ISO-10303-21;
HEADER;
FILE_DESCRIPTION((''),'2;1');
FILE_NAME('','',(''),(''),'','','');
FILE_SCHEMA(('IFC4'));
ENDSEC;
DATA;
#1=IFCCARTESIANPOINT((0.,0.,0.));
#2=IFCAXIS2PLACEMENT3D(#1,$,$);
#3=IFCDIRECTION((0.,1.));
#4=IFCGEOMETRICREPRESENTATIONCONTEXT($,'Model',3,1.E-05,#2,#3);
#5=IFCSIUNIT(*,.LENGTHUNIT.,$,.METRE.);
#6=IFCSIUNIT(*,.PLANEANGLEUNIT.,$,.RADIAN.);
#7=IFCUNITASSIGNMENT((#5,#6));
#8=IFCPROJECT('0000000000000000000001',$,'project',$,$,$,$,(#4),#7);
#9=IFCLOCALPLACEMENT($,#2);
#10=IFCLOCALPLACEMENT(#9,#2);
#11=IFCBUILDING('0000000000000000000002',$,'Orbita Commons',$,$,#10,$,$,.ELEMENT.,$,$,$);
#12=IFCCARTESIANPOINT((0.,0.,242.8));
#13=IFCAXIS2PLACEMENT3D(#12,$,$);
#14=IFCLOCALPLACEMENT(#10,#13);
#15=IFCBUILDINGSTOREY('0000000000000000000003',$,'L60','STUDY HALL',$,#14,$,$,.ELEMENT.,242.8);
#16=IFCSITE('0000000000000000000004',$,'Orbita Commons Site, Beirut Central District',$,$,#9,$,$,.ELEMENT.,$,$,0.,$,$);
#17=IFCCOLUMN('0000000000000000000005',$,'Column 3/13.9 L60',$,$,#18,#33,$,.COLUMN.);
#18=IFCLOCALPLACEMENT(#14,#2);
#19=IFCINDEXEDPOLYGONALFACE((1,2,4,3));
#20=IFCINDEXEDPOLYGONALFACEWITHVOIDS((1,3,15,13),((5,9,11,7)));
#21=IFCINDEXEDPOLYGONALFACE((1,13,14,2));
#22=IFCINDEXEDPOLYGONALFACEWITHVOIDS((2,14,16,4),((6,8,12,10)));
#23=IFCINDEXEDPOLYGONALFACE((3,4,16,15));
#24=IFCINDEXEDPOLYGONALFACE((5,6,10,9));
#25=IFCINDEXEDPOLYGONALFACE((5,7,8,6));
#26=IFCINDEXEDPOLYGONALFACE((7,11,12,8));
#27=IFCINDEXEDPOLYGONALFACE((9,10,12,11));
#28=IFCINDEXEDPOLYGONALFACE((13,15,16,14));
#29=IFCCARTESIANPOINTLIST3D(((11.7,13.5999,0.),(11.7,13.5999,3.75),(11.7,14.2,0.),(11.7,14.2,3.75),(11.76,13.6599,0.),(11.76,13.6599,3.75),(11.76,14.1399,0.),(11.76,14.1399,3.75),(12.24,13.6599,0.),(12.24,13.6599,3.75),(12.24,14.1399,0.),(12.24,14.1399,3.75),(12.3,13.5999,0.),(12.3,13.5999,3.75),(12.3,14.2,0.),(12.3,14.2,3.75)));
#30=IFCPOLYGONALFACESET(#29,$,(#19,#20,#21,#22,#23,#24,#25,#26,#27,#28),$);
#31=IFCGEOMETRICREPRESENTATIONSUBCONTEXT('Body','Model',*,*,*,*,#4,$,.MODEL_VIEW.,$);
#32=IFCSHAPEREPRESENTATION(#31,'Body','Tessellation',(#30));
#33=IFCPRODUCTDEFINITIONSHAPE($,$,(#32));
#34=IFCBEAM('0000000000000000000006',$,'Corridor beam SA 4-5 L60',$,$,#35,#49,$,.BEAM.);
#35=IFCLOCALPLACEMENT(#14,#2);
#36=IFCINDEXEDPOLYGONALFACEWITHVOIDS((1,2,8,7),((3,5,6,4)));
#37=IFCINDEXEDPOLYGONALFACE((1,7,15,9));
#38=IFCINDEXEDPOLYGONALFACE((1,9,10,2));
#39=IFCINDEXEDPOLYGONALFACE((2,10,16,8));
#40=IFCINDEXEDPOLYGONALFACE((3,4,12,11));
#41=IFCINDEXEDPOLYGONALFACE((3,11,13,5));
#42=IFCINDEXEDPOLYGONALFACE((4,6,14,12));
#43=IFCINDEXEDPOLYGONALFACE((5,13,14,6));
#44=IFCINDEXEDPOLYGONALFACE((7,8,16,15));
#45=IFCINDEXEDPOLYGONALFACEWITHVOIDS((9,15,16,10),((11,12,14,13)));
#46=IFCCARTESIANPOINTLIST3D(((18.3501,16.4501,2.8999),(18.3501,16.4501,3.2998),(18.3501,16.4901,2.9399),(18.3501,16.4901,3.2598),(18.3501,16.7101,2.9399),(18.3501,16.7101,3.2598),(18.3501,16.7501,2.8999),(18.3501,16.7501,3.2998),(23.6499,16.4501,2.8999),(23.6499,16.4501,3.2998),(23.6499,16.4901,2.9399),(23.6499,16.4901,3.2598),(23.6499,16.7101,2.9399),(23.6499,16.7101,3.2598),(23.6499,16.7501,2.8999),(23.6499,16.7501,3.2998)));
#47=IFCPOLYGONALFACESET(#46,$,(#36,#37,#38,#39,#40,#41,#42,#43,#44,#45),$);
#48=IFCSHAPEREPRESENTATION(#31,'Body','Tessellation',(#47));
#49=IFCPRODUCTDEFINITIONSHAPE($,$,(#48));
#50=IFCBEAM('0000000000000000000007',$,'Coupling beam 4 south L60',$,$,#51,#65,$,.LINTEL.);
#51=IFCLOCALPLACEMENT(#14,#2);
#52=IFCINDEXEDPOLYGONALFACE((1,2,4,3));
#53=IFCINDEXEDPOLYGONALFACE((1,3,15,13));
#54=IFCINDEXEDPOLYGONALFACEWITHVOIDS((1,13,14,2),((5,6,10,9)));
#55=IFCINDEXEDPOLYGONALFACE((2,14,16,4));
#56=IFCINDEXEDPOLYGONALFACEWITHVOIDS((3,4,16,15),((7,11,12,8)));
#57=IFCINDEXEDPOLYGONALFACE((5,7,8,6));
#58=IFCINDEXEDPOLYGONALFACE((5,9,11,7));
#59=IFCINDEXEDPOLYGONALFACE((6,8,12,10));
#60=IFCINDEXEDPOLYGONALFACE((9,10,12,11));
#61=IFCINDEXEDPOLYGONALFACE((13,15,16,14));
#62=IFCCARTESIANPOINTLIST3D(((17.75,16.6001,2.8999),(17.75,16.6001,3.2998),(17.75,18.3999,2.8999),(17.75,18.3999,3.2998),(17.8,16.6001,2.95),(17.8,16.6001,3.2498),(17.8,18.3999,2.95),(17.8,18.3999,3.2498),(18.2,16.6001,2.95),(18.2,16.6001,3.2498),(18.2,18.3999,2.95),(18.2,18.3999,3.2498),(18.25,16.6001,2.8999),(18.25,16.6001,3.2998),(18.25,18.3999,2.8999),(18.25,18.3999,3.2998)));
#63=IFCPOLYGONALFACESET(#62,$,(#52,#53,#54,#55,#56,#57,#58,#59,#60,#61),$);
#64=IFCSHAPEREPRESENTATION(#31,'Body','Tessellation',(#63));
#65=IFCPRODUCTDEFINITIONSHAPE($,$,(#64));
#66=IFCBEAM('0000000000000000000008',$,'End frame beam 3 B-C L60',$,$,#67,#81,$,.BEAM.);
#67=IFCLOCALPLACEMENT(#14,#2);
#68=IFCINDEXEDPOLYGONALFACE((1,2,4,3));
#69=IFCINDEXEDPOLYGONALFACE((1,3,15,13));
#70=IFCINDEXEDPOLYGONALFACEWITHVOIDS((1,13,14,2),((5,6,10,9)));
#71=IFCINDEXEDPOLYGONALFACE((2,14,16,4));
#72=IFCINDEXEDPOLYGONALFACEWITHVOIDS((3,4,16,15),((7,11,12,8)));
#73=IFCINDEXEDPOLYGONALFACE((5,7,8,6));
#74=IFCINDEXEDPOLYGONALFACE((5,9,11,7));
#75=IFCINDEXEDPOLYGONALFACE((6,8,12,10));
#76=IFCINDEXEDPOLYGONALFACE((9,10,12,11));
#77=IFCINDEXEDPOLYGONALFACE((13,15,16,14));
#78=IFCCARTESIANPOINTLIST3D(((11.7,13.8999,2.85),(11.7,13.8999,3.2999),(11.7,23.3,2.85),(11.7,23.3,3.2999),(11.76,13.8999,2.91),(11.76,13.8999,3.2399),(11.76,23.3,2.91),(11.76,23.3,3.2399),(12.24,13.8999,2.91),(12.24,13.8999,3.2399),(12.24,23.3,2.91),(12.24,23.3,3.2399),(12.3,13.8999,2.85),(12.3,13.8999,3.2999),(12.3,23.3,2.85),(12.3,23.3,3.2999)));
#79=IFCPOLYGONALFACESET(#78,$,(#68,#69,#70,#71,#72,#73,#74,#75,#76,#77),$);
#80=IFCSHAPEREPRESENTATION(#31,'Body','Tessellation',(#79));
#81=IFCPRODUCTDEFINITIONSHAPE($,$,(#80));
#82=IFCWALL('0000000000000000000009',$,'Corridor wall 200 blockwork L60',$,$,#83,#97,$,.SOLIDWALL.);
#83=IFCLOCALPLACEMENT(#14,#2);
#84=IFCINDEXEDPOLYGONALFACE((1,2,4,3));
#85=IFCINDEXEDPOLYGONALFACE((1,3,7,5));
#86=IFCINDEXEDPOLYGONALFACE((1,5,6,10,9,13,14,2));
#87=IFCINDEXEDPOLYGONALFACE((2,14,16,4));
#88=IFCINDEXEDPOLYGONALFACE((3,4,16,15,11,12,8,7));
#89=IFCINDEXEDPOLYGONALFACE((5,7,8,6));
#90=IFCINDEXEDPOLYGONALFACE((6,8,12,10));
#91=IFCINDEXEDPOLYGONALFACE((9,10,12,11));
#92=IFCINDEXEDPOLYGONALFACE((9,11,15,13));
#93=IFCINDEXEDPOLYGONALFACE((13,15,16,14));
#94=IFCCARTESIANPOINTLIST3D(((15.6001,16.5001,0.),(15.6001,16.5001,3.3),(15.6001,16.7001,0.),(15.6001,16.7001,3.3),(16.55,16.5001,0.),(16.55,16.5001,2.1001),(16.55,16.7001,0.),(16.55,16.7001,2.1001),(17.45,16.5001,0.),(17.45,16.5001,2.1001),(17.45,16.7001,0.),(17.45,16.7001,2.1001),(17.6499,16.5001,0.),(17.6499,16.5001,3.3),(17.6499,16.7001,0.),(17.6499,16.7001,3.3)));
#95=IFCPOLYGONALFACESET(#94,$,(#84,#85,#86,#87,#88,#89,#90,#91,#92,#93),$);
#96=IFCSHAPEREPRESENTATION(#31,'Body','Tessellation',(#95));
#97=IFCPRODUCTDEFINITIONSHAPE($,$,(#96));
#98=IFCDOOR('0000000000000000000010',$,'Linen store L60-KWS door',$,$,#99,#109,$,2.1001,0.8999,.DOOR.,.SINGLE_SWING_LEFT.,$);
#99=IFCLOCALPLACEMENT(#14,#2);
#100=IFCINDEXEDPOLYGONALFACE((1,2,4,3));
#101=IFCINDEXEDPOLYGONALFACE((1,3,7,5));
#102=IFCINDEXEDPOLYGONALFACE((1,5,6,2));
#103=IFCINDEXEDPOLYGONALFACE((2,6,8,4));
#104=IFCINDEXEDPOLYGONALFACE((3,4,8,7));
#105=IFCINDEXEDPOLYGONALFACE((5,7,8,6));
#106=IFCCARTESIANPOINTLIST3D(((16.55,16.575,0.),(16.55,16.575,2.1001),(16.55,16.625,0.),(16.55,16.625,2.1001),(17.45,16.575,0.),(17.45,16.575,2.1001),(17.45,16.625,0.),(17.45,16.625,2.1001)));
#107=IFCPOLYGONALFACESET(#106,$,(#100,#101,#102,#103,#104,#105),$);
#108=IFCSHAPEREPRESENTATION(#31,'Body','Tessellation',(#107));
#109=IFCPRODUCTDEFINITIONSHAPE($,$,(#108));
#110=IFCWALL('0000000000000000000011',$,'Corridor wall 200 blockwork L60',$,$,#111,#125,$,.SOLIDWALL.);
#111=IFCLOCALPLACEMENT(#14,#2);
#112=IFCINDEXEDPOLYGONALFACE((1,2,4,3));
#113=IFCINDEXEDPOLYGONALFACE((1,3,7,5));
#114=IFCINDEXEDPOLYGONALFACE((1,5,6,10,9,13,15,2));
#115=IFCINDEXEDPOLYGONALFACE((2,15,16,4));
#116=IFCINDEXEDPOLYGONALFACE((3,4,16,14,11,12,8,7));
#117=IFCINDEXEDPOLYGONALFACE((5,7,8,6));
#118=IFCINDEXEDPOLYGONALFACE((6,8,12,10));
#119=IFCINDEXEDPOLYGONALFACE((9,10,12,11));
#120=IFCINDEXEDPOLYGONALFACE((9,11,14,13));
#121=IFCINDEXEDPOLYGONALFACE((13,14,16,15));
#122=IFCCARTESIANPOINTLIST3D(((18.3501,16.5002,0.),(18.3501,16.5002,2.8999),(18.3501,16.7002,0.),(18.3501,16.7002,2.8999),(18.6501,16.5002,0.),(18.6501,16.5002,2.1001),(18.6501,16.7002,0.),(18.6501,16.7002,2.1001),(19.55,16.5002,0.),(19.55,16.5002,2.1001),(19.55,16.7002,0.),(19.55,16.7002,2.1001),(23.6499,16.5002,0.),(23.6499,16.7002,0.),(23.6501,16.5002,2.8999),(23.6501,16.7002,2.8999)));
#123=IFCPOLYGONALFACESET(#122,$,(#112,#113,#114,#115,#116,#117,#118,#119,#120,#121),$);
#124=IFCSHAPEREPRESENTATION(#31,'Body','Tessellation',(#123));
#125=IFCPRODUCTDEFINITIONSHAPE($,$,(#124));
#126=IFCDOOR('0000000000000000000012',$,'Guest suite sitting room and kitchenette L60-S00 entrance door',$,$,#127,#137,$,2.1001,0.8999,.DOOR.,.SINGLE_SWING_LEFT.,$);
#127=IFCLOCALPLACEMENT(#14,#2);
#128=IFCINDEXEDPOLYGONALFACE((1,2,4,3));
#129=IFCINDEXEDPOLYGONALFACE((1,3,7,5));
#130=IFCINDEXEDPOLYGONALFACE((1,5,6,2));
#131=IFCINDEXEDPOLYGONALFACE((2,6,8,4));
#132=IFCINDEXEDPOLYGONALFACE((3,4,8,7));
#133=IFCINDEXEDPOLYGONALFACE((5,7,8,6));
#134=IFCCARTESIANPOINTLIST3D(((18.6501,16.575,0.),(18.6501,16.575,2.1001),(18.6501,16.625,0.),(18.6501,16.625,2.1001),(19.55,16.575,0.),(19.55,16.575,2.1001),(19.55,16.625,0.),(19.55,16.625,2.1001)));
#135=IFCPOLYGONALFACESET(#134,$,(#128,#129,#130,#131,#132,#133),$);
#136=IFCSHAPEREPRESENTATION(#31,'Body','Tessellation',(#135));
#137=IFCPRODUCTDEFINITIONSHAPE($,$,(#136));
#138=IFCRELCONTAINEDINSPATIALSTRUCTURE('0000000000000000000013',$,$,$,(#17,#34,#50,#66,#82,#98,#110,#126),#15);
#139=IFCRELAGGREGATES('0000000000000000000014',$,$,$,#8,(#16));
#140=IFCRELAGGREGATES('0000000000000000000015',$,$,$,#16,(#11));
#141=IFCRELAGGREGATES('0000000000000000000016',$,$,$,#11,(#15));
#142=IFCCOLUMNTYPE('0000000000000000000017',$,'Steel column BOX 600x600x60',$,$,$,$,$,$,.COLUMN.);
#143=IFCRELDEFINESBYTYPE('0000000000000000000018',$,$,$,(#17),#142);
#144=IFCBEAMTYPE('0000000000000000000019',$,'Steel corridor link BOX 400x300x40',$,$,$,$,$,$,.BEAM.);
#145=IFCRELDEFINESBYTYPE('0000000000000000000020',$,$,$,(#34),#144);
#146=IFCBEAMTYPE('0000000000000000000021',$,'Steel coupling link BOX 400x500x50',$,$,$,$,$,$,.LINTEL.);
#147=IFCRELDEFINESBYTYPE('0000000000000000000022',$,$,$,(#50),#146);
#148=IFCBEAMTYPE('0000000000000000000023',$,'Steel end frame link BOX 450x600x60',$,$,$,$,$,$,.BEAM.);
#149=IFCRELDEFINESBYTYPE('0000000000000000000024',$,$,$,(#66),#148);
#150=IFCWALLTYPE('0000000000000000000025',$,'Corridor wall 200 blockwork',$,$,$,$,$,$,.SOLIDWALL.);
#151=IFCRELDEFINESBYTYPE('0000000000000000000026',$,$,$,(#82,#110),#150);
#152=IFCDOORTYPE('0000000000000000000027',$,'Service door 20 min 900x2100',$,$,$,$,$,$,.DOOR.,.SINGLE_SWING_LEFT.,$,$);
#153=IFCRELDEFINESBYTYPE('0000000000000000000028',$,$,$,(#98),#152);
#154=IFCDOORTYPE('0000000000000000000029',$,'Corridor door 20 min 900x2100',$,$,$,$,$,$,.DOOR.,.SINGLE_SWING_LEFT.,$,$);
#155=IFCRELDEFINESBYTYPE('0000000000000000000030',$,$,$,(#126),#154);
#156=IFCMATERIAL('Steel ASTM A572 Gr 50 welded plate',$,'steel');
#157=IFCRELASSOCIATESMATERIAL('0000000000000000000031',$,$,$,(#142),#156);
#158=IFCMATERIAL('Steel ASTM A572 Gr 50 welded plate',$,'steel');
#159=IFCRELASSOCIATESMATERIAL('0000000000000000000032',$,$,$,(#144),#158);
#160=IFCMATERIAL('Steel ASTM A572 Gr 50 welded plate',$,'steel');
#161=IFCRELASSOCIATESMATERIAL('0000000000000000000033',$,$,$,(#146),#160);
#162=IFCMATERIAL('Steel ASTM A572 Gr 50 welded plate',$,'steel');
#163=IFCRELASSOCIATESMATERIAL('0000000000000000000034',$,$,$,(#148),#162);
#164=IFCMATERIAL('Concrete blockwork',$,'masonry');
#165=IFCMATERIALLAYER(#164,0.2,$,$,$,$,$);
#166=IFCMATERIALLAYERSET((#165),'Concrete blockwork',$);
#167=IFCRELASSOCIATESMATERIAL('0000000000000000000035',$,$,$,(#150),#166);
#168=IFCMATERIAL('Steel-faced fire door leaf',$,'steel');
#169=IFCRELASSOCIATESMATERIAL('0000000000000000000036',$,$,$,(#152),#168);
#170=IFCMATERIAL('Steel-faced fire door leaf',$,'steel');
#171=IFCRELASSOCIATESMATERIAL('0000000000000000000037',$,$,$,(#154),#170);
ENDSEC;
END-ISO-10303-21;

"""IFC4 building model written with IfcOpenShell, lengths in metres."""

from ifc_helpers import new_model, si_unit, direction, frame, frame_2d, origin, origin_2d, place, context, subcontext, project, spatial, polyline, rectangle, hollow_rectangle, outline, extrude, material, layer, layer_set, material_profile, profile_set, type_object, element, fill, save


model = new_model("IFC4")

# Units and contexts
model_context = context("Model", 3, precision=1e-05, world=origin(), true_north=direction((0.0, 1.0)))
body_context = subcontext(model_context, "Body", "Model", "MODEL_VIEW")
ifc_project = project(units=[si_unit("LENGTHUNIT", "METRE"), si_unit("PLANEANGLEUNIT", "RADIAN")], contexts=[model_context])

# Site, building, storey
site_placement = place(None, origin())
site = spatial("IfcSite", under=ifc_project, at=site_placement, Name="Orbita Commons Site, Beirut Central District", CompositionType="ELEMENT", RefElevation=0.0)
building_placement = place(site_placement, origin())
building = spatial("IfcBuilding", under=site, at=building_placement, Name="Orbita Commons", CompositionType="ELEMENT")
storey_placement = place(building_placement, frame((0.0, 0.0, 242.8)))
storey = spatial("IfcBuildingStorey", under=building, at=storey_placement, Name="L60", Description="STUDY HALL", CompositionType="ELEMENT", Elevation=242.8)

# Column
ifc_material_1 = material(Name="Steel ASTM A572 Gr 50 welded plate", Category="steel")
ifc_material_profile_1 = material_profile(ifc_material_1, hollow_rectangle(XDim=0.6001, YDim=0.6001, WallThickness=0.0601, at=origin_2d()), Name="BOX 600x600x60")
ifc_profile_set_1 = profile_set([ifc_material_profile_1], Name="Steel ASTM A572 Gr 50 welded plate")
column_type = type_object("IfcColumnType", Name="Steel column BOX 600x600x60", PredefinedType="COLUMN", material=ifc_profile_set_1)
column_placement = place(storey_placement, frame((12.0, 13.8999, 0.0), z_axis=(0.0, 0.0, 1.0), x_axis=(1.0, 0.0, 0.0)))
element("IfcColumn", 1, at=column_placement, inside=storey, type_object=column_type, Name="Column 3/13.9 L60", PredefinedType="COLUMN", context=body_context, shape_type="SweptSolid", body=[
    extrude(hollow_rectangle(XDim=0.6001, YDim=0.6001, WallThickness=0.0601, at=origin_2d()), origin(), (0.0, 0.0, 1.0), 3.75),
])

# Beams
ifc_material_2 = material(Name="Steel ASTM A572 Gr 50 welded plate", Category="steel")
ifc_material_profile_2 = material_profile(ifc_material_2, hollow_rectangle(XDim=0.3, YDim=0.3999, WallThickness=0.04, at=origin_2d()), Name="BOX 400x300x40")
ifc_profile_set_2 = profile_set([ifc_material_profile_2], Name="Steel ASTM A572 Gr 50 welded plate")
beam_type_1 = type_object("IfcBeamType", Name="Steel corridor link BOX 400x300x40", PredefinedType="BEAM", material=ifc_profile_set_2)
beam_1_placement = place(storey_placement, frame((18.3501, 16.6001, 3.0999), z_axis=(1.0, 0.0, 0.0), x_axis=(0.0, 1.0, 0.0)))
element("IfcBeam", 2, at=beam_1_placement, inside=storey, type_object=beam_type_1, Name="Corridor beam SA 4-5 L60", PredefinedType="BEAM", context=body_context, shape_type="SweptSolid", body=[
    extrude(hollow_rectangle(XDim=0.3, YDim=0.3999, WallThickness=0.04, at=origin_2d()), origin(), (0.0, 0.0, 1.0), 5.2998),
])
ifc_material_3 = material(Name="Steel ASTM A572 Gr 50 welded plate", Category="steel")
ifc_material_profile_3 = material_profile(ifc_material_3, hollow_rectangle(XDim=0.5, YDim=0.3999, WallThickness=0.05, at=origin_2d()), Name="BOX 400x500x50")
ifc_profile_set_3 = profile_set([ifc_material_profile_3], Name="Steel ASTM A572 Gr 50 welded plate")
beam_type_2 = type_object("IfcBeamType", Name="Steel coupling link BOX 400x500x50", PredefinedType="LINTEL", material=ifc_profile_set_3)
beam_2_placement = place(storey_placement, frame((18.0, 16.6001, 3.0999), z_axis=(0.0, 1.0, 0.0), x_axis=(-1.0, 0.0, 0.0)))
element("IfcBeam", 3, at=beam_2_placement, inside=storey, type_object=beam_type_2, Name="Coupling beam 4 south L60", PredefinedType="LINTEL", context=body_context, shape_type="SweptSolid", body=[
    extrude(hollow_rectangle(XDim=0.5, YDim=0.3999, WallThickness=0.05, at=origin_2d()), origin(), (0.0, 0.0, 1.0), 1.7998),
])
ifc_material_4 = material(Name="Steel ASTM A572 Gr 50 welded plate", Category="steel")
ifc_material_profile_4 = material_profile(ifc_material_4, hollow_rectangle(XDim=0.6001, YDim=0.45, WallThickness=0.0601, at=origin_2d()), Name="BOX 450x600x60")
ifc_profile_set_4 = profile_set([ifc_material_profile_4], Name="Steel ASTM A572 Gr 50 welded plate")
beam_type_3 = type_object("IfcBeamType", Name="Steel end frame link BOX 450x600x60", PredefinedType="BEAM", material=ifc_profile_set_4)
beam_3_placement = place(storey_placement, frame((12.0, 13.8999, 3.075), z_axis=(0.0, 1.0, 0.0), x_axis=(-1.0, 0.0, 0.0)))
element("IfcBeam", 4, at=beam_3_placement, inside=storey, type_object=beam_type_3, Name="End frame beam 3 B-C L60", PredefinedType="BEAM", context=body_context, shape_type="SweptSolid", body=[
    extrude(hollow_rectangle(XDim=0.6001, YDim=0.45, WallThickness=0.0601, at=origin_2d()), origin(), (0.0, 0.0, 1.0), 9.4001),
])

# Walls, openings, doors
ifc_material_5 = material(Name="Concrete blockwork", Category="masonry")
ifc_layer_1 = layer(ifc_material_5, 0.2)
ifc_layer_set_1 = layer_set([ifc_layer_1], Name="Concrete blockwork")
wall_type_1 = type_object("IfcWallType", Name="Corridor wall 200 blockwork", PredefinedType="SOLIDWALL", material=ifc_layer_set_1)
wall_1_placement = place(storey_placement, frame((15.6001, 16.6001, 0.0), z_axis=(0.0, 0.0, 1.0), x_axis=(1.0, 0.0, 0.0)))
wall_1 = element("IfcWall", 5, at=wall_1_placement, inside=storey, type_object=wall_type_1, Name="Corridor wall 200 blockwork L60", PredefinedType="SOLIDWALL", context=body_context, shape_type="SweptSolid", body=[
    extrude(rectangle(XDim=2.0498, YDim=0.2, at=frame_2d((1.0249, 0.0))), origin(), (0.0, 0.0, 1.0), 3.3),
])
opening_1_placement = place(wall_1_placement, frame((0.95, 0.0, 0.0)))
opening_1 = element("IfcOpeningElement", 6, at=opening_1_placement, cuts=wall_1, PredefinedType="OPENING", context=body_context, shape_type="SweptSolid", body=[
    extrude(rectangle(XDim=0.8999, YDim=2.1001, at=frame_2d((0.45, 1.05))), frame((0.0, 0.1099, 0.0), z_axis=(0.0, -1.0, 0.0), x_axis=(1.0, 0.0, 0.0)), (0.0, 0.0, 1.0), 0.22),
])
ifc_material_6 = material(Name="Steel-faced fire door leaf", Category="steel")
door_type_1 = type_object("IfcDoorType", Name="Service door 20 min 900x2100", OperationType="SINGLE_SWING_LEFT", PredefinedType="DOOR", material=ifc_material_6)
door_1_placement = place(opening_1_placement, origin())
door_1 = element("IfcDoor", 7, at=door_1_placement, inside=storey, type_object=door_type_1, Name="Linen store L60-KWS door", OperationType="SINGLE_SWING_LEFT", OverallHeight=2.1001, OverallWidth=0.8999, PredefinedType="DOOR", context=body_context, shape_type="SweptSolid", body=[
    extrude(rectangle(XDim=0.8999, YDim=2.1001, at=frame_2d((0.45, 1.05))), frame((0.0, 0.0249, 0.0), z_axis=(0.0, -1.0, 0.0), x_axis=(1.0, 0.0, 0.0)), (0.0, 0.0, 1.0), 0.05),
])
fill(opening_1, door_1)
wall_2_placement = place(storey_placement, frame((18.3501, 16.6001, 0.0), z_axis=(0.0, 0.0, 1.0), x_axis=(1.0, 0.0, 0.0)))
wall_2 = element("IfcWall", 8, at=wall_2_placement, inside=storey, type_object=wall_type_1, Name="Corridor wall 200 blockwork L60", PredefinedType="SOLIDWALL", context=body_context, shape_type="SweptSolid", body=[
    extrude(outline(polyline([(0.0, 0.0), (5.2998, 0.0), (5.3, 2.8999), (0.0, 2.8999), (0.0, 0.0)])), frame((0.0, 0.1001, 0.0), z_axis=(0.0, -1.0, 0.0), x_axis=(1.0, 0.0, 0.0)), (0.0, 0.0, 1.0), 0.2),
])
opening_2_placement = place(wall_2_placement, frame((0.3, 0.0, 0.0)))
opening_2 = element("IfcOpeningElement", 9, at=opening_2_placement, cuts=wall_2, PredefinedType="OPENING", context=body_context, shape_type="SweptSolid", body=[
    extrude(rectangle(XDim=0.8999, YDim=2.1001, at=frame_2d((0.45, 1.05))), frame((0.0, 0.1099, 0.0), z_axis=(0.0, -1.0, 0.0), x_axis=(1.0, 0.0, 0.0)), (0.0, 0.0, 1.0), 0.22),
])
ifc_material_7 = material(Name="Steel-faced fire door leaf", Category="steel")
door_type_2 = type_object("IfcDoorType", Name="Corridor door 20 min 900x2100", OperationType="SINGLE_SWING_LEFT", PredefinedType="DOOR", material=ifc_material_7)
door_2_placement = place(opening_2_placement, origin())
door_2 = element("IfcDoor", 10, at=door_2_placement, inside=storey, type_object=door_type_2, Name="Guest suite sitting room and kitchenette L60-S00 entrance door", OperationType="SINGLE_SWING_LEFT", OverallHeight=2.1001, OverallWidth=0.8999, PredefinedType="DOOR", context=body_context, shape_type="SweptSolid", body=[
    extrude(rectangle(XDim=0.8999, YDim=2.1001, at=frame_2d((0.45, 1.05))), frame((0.0, 0.0249, 0.0), z_axis=(0.0, -1.0, 0.0), x_axis=(1.0, 0.0, 0.0)), (0.0, 0.0, 1.0), 0.05),
])
fill(opening_2, door_2)

save(model, "model.ifc")
